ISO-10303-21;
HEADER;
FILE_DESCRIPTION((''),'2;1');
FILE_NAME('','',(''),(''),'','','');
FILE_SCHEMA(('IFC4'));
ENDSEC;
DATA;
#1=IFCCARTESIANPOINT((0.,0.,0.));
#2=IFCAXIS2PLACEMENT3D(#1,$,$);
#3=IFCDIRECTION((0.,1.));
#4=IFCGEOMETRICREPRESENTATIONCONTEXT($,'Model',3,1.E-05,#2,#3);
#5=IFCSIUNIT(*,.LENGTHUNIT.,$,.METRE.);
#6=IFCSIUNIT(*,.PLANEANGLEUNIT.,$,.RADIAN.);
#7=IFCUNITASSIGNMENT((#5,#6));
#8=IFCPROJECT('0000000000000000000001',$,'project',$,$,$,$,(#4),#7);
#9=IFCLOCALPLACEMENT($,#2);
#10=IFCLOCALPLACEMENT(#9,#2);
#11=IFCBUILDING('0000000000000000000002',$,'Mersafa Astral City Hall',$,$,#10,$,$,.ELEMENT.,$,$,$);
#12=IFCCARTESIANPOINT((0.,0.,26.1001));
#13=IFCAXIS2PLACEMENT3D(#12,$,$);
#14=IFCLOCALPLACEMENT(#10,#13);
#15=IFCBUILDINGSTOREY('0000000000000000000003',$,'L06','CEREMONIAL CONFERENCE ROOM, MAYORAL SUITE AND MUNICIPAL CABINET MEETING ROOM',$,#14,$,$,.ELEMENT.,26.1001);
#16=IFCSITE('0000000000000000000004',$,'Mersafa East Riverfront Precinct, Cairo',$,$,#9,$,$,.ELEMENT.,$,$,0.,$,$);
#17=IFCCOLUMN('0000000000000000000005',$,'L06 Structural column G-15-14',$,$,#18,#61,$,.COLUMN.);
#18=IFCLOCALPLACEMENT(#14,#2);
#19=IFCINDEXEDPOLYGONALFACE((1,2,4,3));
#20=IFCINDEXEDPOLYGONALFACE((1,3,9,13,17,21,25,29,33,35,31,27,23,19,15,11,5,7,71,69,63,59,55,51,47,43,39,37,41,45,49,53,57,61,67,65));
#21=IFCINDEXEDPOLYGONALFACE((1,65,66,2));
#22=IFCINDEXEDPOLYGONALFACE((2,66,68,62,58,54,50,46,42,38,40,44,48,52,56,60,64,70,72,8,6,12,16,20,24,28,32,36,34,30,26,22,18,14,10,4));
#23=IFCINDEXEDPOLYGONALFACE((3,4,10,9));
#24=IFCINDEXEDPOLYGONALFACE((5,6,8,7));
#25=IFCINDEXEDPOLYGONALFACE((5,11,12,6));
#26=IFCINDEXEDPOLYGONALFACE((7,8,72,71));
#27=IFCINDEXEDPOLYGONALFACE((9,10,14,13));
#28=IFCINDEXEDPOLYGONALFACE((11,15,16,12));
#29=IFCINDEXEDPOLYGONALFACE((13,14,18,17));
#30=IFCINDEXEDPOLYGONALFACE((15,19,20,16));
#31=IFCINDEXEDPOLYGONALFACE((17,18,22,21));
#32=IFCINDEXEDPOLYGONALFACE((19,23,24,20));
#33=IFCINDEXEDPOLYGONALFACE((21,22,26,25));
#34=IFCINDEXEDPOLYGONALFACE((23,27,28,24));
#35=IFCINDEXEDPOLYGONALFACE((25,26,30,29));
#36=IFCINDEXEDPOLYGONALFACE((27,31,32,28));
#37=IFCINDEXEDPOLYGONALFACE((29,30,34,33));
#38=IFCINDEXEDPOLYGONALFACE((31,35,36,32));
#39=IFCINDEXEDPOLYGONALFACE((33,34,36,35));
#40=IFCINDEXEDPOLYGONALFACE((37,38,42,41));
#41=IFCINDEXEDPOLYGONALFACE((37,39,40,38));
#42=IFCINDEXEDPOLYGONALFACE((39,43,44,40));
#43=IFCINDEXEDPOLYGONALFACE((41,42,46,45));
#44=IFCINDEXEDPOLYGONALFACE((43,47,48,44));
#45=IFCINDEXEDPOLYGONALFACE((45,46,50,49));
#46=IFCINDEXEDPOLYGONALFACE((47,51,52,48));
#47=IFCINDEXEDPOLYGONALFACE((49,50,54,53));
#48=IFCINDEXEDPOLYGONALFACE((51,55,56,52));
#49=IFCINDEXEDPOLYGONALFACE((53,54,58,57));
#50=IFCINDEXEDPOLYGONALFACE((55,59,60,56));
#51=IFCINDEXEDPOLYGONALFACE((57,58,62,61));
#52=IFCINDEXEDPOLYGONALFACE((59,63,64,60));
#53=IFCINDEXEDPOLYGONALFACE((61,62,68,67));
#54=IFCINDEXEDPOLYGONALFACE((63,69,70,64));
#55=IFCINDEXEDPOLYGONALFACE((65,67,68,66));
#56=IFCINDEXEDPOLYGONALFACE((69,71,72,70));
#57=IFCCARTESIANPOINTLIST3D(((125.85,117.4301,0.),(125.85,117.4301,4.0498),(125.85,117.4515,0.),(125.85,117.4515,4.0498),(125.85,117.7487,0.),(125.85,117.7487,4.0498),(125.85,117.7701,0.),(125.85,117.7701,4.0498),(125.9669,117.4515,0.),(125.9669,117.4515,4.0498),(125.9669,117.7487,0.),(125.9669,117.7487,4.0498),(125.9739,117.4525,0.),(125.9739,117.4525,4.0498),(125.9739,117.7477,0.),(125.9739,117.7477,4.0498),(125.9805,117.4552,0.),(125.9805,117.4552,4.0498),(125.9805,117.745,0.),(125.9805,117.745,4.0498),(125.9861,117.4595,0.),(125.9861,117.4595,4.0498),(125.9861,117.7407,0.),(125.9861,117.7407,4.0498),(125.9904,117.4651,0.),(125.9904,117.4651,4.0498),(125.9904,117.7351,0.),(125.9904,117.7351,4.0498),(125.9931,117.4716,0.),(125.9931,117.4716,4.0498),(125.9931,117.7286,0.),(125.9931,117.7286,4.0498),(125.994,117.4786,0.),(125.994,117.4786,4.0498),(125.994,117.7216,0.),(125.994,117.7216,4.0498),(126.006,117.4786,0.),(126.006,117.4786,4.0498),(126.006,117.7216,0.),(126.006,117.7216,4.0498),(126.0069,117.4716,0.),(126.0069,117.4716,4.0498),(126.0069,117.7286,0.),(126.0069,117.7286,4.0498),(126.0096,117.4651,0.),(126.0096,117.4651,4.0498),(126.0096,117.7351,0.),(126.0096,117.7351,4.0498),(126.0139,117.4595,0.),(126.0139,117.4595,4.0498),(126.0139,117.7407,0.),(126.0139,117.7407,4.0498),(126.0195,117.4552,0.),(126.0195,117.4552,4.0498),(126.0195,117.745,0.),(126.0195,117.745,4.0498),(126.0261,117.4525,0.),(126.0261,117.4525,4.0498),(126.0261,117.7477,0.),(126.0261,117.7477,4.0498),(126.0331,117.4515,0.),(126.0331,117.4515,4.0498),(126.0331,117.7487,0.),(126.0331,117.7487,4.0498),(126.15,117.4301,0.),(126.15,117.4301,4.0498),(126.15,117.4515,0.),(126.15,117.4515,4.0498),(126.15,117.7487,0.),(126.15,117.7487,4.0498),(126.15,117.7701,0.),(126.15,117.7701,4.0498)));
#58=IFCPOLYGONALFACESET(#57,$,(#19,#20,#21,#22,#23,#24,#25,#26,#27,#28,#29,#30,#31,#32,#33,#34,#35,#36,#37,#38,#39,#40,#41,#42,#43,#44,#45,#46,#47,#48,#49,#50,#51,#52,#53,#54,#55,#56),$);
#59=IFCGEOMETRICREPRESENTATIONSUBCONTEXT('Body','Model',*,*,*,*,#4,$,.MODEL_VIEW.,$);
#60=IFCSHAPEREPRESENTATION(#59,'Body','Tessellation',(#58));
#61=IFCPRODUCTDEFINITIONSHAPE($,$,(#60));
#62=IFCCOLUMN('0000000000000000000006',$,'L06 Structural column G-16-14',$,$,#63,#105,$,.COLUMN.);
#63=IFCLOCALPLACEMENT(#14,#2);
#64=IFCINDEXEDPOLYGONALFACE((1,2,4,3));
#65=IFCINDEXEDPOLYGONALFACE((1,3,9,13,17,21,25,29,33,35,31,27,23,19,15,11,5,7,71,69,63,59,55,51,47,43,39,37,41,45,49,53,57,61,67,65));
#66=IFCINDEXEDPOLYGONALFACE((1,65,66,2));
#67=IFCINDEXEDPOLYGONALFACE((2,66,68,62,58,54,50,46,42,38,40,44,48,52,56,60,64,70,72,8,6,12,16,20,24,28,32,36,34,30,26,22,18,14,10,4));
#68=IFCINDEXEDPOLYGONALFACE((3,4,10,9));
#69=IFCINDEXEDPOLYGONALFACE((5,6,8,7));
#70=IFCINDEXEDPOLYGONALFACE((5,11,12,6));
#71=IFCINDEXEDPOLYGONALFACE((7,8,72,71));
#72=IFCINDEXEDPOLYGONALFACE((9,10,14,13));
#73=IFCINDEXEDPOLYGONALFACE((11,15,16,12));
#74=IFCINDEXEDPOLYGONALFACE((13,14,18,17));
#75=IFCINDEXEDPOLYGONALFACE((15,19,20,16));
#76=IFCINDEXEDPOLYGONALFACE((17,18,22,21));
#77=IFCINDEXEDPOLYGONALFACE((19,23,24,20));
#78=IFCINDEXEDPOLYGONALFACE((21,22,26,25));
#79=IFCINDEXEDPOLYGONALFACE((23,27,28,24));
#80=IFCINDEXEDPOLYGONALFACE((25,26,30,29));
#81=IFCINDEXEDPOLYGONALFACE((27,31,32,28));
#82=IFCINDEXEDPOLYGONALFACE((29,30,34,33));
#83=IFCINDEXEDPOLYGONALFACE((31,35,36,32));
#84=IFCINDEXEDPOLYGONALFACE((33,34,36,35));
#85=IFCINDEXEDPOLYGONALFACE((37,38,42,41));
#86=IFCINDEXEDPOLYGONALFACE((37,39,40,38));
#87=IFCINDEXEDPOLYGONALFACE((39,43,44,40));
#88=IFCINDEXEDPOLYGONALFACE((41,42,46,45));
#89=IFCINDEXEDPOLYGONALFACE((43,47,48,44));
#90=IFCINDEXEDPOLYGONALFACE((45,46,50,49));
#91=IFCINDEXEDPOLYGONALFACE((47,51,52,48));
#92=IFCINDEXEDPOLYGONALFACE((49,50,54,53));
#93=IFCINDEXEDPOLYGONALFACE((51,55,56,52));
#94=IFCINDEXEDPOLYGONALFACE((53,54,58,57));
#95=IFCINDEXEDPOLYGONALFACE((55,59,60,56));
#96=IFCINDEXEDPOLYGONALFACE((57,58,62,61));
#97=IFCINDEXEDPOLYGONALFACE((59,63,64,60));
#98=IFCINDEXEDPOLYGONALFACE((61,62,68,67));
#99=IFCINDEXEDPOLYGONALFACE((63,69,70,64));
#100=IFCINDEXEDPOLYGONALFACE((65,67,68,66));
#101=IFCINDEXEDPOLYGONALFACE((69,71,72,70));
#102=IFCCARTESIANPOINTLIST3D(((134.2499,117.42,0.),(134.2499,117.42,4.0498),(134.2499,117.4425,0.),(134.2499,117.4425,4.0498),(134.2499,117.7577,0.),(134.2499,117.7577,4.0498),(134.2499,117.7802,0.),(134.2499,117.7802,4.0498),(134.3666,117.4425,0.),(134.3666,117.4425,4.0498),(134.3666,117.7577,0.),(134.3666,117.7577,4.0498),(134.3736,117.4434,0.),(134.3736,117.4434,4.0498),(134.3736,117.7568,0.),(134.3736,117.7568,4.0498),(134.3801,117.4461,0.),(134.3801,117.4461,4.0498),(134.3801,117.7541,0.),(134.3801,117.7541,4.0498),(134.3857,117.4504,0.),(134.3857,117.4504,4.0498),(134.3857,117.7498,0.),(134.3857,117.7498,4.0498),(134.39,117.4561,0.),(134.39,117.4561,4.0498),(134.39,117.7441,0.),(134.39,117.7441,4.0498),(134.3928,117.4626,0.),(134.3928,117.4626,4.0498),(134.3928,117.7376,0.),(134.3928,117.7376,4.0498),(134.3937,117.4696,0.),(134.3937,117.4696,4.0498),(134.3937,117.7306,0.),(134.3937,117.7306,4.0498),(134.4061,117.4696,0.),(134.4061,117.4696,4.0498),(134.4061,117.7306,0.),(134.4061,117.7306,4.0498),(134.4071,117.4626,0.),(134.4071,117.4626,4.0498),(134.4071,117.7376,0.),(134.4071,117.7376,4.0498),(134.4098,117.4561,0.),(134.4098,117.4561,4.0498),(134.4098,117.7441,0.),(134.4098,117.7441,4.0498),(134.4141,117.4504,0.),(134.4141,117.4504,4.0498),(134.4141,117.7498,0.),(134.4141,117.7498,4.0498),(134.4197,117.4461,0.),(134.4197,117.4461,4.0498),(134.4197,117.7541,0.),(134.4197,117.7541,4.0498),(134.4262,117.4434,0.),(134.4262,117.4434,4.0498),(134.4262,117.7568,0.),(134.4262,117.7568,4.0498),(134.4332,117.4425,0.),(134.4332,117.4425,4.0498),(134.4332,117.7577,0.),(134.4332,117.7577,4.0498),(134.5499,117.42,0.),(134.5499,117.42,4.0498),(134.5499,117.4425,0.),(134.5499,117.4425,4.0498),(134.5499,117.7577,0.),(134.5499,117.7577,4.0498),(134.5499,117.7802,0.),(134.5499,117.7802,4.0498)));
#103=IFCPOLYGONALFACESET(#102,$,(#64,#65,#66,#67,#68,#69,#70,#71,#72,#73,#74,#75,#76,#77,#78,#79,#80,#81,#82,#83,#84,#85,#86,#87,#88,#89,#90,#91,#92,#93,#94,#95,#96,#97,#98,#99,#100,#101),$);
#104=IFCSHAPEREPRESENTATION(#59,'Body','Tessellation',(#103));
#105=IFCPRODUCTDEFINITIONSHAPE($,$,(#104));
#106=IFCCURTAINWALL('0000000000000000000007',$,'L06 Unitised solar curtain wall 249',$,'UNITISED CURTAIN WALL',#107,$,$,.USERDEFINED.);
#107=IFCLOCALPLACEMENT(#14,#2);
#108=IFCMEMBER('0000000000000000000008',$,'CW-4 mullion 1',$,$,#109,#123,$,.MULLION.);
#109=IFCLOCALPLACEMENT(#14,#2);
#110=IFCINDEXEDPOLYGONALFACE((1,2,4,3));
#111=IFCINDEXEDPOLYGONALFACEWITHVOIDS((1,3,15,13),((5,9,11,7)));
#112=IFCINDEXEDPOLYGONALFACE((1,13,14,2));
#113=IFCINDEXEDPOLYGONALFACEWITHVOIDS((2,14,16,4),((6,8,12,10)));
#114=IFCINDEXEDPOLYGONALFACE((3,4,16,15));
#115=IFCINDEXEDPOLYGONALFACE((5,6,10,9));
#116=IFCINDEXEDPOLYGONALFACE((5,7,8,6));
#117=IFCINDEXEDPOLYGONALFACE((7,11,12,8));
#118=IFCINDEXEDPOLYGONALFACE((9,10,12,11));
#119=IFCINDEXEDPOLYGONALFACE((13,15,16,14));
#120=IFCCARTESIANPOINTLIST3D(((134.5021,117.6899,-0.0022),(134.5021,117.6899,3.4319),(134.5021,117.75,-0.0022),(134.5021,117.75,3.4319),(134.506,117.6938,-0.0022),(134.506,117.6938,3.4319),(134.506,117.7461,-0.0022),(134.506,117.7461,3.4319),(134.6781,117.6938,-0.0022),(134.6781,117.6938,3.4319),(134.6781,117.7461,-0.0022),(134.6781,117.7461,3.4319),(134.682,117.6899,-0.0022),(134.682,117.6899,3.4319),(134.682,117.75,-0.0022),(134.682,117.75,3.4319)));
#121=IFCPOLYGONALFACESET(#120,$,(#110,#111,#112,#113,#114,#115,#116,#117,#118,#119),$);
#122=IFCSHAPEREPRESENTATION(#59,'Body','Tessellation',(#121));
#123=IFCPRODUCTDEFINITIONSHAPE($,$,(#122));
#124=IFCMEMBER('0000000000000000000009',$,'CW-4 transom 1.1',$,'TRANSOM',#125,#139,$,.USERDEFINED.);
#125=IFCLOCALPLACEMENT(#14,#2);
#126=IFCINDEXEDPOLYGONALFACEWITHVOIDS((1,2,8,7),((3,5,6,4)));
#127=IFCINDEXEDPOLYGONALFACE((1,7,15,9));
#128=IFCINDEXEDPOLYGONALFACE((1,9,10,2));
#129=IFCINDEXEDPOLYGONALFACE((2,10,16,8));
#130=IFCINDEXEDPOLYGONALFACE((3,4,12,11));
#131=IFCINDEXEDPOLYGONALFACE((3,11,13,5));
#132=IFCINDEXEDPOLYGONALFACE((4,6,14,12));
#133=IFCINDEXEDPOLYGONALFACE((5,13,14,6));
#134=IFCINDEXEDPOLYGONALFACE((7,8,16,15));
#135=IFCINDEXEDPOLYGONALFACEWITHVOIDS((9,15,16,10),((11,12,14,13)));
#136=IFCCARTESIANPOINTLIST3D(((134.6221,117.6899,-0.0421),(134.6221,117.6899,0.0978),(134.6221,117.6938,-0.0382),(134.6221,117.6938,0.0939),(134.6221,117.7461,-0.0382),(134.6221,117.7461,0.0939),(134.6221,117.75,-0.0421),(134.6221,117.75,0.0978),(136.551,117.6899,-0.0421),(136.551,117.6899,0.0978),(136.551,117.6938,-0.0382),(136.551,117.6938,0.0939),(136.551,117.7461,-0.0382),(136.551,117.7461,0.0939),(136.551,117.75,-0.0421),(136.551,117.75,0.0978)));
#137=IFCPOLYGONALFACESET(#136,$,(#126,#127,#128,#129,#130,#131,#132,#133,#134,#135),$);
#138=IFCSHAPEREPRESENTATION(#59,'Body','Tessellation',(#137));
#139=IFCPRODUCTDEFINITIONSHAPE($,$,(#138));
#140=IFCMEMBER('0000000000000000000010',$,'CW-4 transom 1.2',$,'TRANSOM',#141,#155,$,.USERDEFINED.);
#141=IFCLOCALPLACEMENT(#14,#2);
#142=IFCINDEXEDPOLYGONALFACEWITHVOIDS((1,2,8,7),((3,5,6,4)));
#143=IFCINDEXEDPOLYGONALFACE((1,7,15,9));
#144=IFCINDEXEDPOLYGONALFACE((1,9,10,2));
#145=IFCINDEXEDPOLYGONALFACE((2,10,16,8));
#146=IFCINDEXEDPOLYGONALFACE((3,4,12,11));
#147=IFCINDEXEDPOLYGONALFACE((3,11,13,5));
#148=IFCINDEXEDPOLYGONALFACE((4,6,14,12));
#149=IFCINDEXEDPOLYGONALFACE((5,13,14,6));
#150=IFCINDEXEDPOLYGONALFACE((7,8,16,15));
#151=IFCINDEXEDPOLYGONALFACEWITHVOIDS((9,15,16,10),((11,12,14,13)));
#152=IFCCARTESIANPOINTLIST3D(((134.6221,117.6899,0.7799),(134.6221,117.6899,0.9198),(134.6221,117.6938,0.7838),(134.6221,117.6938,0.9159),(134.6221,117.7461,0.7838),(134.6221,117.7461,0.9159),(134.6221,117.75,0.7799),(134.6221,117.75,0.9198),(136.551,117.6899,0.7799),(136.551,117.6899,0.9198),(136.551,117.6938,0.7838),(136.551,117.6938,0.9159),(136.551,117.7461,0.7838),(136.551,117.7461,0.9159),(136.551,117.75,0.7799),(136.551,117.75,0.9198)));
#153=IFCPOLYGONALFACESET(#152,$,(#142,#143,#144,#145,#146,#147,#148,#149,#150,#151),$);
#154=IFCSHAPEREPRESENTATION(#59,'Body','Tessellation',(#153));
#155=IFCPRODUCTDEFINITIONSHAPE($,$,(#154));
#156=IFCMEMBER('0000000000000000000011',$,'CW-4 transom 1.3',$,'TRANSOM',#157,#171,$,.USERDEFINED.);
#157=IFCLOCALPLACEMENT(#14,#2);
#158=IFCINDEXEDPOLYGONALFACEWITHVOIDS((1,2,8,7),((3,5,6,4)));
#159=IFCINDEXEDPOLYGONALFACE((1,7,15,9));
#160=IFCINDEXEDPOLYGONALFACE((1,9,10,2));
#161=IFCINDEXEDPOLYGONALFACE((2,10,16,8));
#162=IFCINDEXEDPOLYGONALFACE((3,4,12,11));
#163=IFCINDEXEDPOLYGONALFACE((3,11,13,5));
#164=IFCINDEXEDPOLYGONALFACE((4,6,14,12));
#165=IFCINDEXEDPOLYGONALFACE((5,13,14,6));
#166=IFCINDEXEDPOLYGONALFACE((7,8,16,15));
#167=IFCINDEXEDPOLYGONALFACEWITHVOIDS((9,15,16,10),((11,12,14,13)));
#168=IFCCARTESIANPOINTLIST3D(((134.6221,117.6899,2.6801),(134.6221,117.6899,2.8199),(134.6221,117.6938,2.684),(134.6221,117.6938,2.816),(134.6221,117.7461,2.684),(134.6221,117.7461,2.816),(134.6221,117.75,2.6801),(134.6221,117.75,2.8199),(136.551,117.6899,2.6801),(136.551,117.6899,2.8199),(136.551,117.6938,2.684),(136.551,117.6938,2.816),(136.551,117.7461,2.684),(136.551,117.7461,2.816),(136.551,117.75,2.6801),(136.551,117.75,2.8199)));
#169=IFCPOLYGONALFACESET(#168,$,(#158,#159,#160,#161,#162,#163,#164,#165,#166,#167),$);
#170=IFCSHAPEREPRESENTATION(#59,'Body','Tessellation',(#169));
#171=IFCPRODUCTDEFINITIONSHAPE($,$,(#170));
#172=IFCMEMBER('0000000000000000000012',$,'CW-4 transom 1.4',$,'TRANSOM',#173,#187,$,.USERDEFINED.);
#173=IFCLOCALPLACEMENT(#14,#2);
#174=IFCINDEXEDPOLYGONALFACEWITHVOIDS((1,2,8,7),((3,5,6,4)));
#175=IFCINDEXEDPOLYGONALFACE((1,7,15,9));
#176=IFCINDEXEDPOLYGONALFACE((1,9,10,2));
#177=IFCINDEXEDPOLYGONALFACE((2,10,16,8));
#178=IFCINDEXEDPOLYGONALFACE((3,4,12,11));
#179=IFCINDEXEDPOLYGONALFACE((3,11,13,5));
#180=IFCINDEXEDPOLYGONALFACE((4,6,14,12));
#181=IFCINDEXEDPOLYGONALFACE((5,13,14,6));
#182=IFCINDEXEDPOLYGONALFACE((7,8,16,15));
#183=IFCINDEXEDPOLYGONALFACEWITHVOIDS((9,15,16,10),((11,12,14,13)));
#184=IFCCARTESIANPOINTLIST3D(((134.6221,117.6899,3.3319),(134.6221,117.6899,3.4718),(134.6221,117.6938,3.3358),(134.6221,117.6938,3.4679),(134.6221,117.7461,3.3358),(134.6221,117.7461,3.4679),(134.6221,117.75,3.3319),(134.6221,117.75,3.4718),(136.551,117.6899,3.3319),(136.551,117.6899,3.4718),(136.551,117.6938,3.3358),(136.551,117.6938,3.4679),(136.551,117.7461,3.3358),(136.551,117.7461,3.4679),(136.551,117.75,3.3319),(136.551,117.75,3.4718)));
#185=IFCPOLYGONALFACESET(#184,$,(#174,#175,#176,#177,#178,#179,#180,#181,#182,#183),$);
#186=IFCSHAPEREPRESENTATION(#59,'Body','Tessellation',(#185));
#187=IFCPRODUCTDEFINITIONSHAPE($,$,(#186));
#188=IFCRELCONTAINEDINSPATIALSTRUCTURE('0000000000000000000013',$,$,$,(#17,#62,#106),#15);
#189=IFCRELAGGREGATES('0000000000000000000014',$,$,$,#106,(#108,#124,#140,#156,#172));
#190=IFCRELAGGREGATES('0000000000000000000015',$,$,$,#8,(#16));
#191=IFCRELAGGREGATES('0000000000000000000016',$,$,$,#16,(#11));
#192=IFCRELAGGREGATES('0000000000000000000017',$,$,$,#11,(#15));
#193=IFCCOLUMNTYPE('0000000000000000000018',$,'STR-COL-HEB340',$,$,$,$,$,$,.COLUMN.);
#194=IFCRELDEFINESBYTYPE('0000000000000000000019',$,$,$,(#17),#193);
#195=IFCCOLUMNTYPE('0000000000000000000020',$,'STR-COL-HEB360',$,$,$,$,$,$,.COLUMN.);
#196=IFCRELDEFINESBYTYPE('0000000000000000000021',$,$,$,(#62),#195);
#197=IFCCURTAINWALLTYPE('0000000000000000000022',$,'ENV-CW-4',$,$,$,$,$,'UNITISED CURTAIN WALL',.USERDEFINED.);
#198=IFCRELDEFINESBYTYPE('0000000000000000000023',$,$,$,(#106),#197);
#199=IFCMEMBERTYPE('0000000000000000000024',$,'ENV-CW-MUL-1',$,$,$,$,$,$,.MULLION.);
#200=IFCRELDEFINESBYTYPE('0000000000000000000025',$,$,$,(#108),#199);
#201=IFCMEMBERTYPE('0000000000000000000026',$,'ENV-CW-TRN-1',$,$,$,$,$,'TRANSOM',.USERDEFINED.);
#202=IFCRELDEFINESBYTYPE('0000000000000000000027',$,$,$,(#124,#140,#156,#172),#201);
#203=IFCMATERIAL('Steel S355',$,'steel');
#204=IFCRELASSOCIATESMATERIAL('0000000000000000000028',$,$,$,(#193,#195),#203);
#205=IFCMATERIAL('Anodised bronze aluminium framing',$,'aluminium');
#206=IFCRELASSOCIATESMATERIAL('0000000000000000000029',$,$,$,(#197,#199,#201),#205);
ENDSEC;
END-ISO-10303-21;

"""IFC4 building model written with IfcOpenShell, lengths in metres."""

from ifc_helpers import new_model, si_unit, direction, frame, origin, origin_2d, place, context, subcontext, project, spatial, hollow_rectangle, i_section, extrude, material, material_profile, profile_set, type_object, element, aggregate, save


model = new_model("IFC4")

# Units and contexts
model_context = context("Model", 3, precision=1e-05, world=origin(), true_north=direction((0.0, 1.0)))
body_context = subcontext(model_context, "Body", "Model", "MODEL_VIEW")
ifc_project = project(units=[si_unit("LENGTHUNIT", "METRE"), si_unit("PLANEANGLEUNIT", "RADIAN")], contexts=[model_context])

# Site, building, storey
site_placement = place(None, origin())
site = spatial("IfcSite", under=ifc_project, at=site_placement, Name="Mersafa East Riverfront Precinct, Cairo", CompositionType="ELEMENT", RefElevation=0.0)
building_placement = place(site_placement, origin())
building = spatial("IfcBuilding", under=site, at=building_placement, Name="Mersafa Astral City Hall", CompositionType="ELEMENT")
storey_placement = place(building_placement, frame((0.0, 0.0, 26.1001)))
storey = spatial("IfcBuildingStorey", under=building, at=storey_placement, Name="L06", Description="CEREMONIAL CONFERENCE ROOM, MAYORAL SUITE AND MUNICIPAL CABINET MEETING ROOM", CompositionType="ELEMENT", Elevation=26.1001)

# Columns
ifc_material_1 = material(Name="Steel S355", Category="steel")
ifc_material_profile_1 = material_profile(ifc_material_1, i_section(OverallWidth=0.3, OverallDepth=0.3401, WebThickness=0.012, FlangeThickness=0.0215, FilletRadius=0.0271, at=origin_2d()), Name="HEB 340")
ifc_profile_set_1 = profile_set([ifc_material_profile_1], Name="Steel S355")
column_type_1 = type_object("IfcColumnType", Name="STR-COL-HEB340", PredefinedType="COLUMN", material=ifc_profile_set_1)
column_1_placement = place(storey_placement, frame((126.0, 117.6001, 0.0), z_axis=(0.0, 0.0, 1.0), x_axis=(1.0, 0.0, 0.0)))
element("IfcColumn", 1, at=column_1_placement, inside=storey, type_object=column_type_1, Name="L06 Structural column G-15-14", PredefinedType="COLUMN", context=body_context, shape_type="SweptSolid", body=[
    extrude(i_section(OverallWidth=0.3, OverallDepth=0.3401, WebThickness=0.012, FlangeThickness=0.0215, FilletRadius=0.0271, at=origin_2d()), origin(), (0.0, 0.0, 1.0), 4.0498),
])
ifc_material_profile_2 = material_profile(ifc_material_1, i_section(OverallWidth=0.3, OverallDepth=0.3601, WebThickness=0.0125, FlangeThickness=0.0225, FilletRadius=0.0271, at=origin_2d()), Name="HEB 360")
ifc_profile_set_2 = profile_set([ifc_material_profile_2], Name="Steel S355")
column_type_2 = type_object("IfcColumnType", Name="STR-COL-HEB360", PredefinedType="COLUMN", material=ifc_profile_set_2)
column_2_placement = place(storey_placement, frame((134.3999, 117.6001, 0.0), z_axis=(0.0, 0.0, 1.0), x_axis=(1.0, 0.0, 0.0)))
element("IfcColumn", 2, at=column_2_placement, inside=storey, type_object=column_type_2, Name="L06 Structural column G-16-14", PredefinedType="COLUMN", context=body_context, shape_type="SweptSolid", body=[
    extrude(i_section(OverallWidth=0.3, OverallDepth=0.3601, WebThickness=0.0125, FlangeThickness=0.0225, FilletRadius=0.0271, at=origin_2d()), origin(), (0.0, 0.0, 1.0), 4.0498),
])

# Curtain wall, members
ifc_material_2 = material(Name="Anodised bronze aluminium framing", Category="aluminium")
curtain_wall_type = type_object("IfcCurtainWallType", Name="ENV-CW-4", ElementType="UNITISED CURTAIN WALL", PredefinedType="USERDEFINED", material=ifc_material_2)
curtain_wall_placement = place(storey_placement, origin())
curtain_wall = element("IfcCurtainWall", 3, at=curtain_wall_placement, inside=storey, type_object=curtain_wall_type, Name="L06 Unitised solar curtain wall 249", ObjectType="UNITISED CURTAIN WALL", PredefinedType="USERDEFINED")
ifc_material_profile_3 = material_profile(ifc_material_2, hollow_rectangle(XDim=0.0601, YDim=0.1799, WallThickness=0.0039, at=origin_2d()), Name="RHS 60x180x4")
ifc_profile_set_3 = profile_set([ifc_material_profile_3], Name="Anodised bronze aluminium framing")
member_type_1 = type_object("IfcMemberType", Name="ENV-CW-MUL-1", PredefinedType="MULLION", material=ifc_profile_set_3)
member_1_placement = place(storey_placement, frame((134.592, 117.72, -0.0022), z_axis=(0.0, 0.0, 1.0), x_axis=(0.0, 1.0, 0.0)))
member_1 = element("IfcMember", 4, at=member_1_placement, type_object=member_type_1, Name="CW-4 mullion 1", PredefinedType="MULLION", context=body_context, shape_type="SweptSolid", body=[
    extrude(hollow_rectangle(XDim=0.0601, YDim=0.1799, WallThickness=0.0039, at=origin_2d()), origin(), (0.0, 0.0, 1.0), 3.4341),
])
ifc_material_profile_4 = material_profile(ifc_material_2, hollow_rectangle(XDim=0.0601, YDim=0.1399, WallThickness=0.0039, at=origin_2d()), Name="RHS 60x140x4")
ifc_profile_set_4 = profile_set([ifc_material_profile_4], Name="Anodised bronze aluminium framing")
member_type_2 = type_object("IfcMemberType", Name="ENV-CW-TRN-1", ElementType="TRANSOM", PredefinedType="USERDEFINED", material=ifc_profile_set_4)
member_2_placement = place(storey_placement, frame((134.6221, 117.72, 0.0278), z_axis=(1.0, 0.0, 0.0), x_axis=(0.0, 1.0, 0.0)))
member_2 = element("IfcMember", 5, at=member_2_placement, type_object=member_type_2, Name="CW-4 transom 1.1", ObjectType="TRANSOM", PredefinedType="USERDEFINED", context=body_context, shape_type="SweptSolid", body=[
    extrude(hollow_rectangle(XDim=0.0601, YDim=0.1399, WallThickness=0.0039, at=origin_2d()), origin(), (0.0, 0.0, 1.0), 1.929),
])
member_3_placement = place(storey_placement, frame((134.6221, 117.72, 0.8499), z_axis=(1.0, 0.0, 0.0), x_axis=(0.0, 1.0, 0.0)))
member_3 = element("IfcMember", 6, at=member_3_placement, type_object=member_type_2, Name="CW-4 transom 1.2", ObjectType="TRANSOM", PredefinedType="USERDEFINED", context=body_context, shape_type="SweptSolid", body=[
    extrude(hollow_rectangle(XDim=0.0601, YDim=0.1399, WallThickness=0.0039, at=origin_2d()), origin(), (0.0, 0.0, 1.0), 1.929),
])
member_4_placement = place(storey_placement, frame((134.6221, 117.72, 2.75), z_axis=(1.0, 0.0, 0.0), x_axis=(0.0, 1.0, 0.0)))
member_4 = element("IfcMember", 7, at=member_4_placement, type_object=member_type_2, Name="CW-4 transom 1.3", ObjectType="TRANSOM", PredefinedType="USERDEFINED", context=body_context, shape_type="SweptSolid", body=[
    extrude(hollow_rectangle(XDim=0.0601, YDim=0.1399, WallThickness=0.0039, at=origin_2d()), origin(), (0.0, 0.0, 1.0), 1.929),
])
member_5_placement = place(storey_placement, frame((134.6221, 117.72, 3.4019), z_axis=(1.0, 0.0, 0.0), x_axis=(0.0, 1.0, 0.0)))
member_5 = element("IfcMember", 8, at=member_5_placement, type_object=member_type_2, Name="CW-4 transom 1.4", ObjectType="TRANSOM", PredefinedType="USERDEFINED", context=body_context, shape_type="SweptSolid", body=[
    extrude(hollow_rectangle(XDim=0.0601, YDim=0.1399, WallThickness=0.0039, at=origin_2d()), origin(), (0.0, 0.0, 1.0), 1.929),
])
aggregate(curtain_wall, [member_1, member_2, member_3, member_4, member_5])

save(model, "model.ifc")
